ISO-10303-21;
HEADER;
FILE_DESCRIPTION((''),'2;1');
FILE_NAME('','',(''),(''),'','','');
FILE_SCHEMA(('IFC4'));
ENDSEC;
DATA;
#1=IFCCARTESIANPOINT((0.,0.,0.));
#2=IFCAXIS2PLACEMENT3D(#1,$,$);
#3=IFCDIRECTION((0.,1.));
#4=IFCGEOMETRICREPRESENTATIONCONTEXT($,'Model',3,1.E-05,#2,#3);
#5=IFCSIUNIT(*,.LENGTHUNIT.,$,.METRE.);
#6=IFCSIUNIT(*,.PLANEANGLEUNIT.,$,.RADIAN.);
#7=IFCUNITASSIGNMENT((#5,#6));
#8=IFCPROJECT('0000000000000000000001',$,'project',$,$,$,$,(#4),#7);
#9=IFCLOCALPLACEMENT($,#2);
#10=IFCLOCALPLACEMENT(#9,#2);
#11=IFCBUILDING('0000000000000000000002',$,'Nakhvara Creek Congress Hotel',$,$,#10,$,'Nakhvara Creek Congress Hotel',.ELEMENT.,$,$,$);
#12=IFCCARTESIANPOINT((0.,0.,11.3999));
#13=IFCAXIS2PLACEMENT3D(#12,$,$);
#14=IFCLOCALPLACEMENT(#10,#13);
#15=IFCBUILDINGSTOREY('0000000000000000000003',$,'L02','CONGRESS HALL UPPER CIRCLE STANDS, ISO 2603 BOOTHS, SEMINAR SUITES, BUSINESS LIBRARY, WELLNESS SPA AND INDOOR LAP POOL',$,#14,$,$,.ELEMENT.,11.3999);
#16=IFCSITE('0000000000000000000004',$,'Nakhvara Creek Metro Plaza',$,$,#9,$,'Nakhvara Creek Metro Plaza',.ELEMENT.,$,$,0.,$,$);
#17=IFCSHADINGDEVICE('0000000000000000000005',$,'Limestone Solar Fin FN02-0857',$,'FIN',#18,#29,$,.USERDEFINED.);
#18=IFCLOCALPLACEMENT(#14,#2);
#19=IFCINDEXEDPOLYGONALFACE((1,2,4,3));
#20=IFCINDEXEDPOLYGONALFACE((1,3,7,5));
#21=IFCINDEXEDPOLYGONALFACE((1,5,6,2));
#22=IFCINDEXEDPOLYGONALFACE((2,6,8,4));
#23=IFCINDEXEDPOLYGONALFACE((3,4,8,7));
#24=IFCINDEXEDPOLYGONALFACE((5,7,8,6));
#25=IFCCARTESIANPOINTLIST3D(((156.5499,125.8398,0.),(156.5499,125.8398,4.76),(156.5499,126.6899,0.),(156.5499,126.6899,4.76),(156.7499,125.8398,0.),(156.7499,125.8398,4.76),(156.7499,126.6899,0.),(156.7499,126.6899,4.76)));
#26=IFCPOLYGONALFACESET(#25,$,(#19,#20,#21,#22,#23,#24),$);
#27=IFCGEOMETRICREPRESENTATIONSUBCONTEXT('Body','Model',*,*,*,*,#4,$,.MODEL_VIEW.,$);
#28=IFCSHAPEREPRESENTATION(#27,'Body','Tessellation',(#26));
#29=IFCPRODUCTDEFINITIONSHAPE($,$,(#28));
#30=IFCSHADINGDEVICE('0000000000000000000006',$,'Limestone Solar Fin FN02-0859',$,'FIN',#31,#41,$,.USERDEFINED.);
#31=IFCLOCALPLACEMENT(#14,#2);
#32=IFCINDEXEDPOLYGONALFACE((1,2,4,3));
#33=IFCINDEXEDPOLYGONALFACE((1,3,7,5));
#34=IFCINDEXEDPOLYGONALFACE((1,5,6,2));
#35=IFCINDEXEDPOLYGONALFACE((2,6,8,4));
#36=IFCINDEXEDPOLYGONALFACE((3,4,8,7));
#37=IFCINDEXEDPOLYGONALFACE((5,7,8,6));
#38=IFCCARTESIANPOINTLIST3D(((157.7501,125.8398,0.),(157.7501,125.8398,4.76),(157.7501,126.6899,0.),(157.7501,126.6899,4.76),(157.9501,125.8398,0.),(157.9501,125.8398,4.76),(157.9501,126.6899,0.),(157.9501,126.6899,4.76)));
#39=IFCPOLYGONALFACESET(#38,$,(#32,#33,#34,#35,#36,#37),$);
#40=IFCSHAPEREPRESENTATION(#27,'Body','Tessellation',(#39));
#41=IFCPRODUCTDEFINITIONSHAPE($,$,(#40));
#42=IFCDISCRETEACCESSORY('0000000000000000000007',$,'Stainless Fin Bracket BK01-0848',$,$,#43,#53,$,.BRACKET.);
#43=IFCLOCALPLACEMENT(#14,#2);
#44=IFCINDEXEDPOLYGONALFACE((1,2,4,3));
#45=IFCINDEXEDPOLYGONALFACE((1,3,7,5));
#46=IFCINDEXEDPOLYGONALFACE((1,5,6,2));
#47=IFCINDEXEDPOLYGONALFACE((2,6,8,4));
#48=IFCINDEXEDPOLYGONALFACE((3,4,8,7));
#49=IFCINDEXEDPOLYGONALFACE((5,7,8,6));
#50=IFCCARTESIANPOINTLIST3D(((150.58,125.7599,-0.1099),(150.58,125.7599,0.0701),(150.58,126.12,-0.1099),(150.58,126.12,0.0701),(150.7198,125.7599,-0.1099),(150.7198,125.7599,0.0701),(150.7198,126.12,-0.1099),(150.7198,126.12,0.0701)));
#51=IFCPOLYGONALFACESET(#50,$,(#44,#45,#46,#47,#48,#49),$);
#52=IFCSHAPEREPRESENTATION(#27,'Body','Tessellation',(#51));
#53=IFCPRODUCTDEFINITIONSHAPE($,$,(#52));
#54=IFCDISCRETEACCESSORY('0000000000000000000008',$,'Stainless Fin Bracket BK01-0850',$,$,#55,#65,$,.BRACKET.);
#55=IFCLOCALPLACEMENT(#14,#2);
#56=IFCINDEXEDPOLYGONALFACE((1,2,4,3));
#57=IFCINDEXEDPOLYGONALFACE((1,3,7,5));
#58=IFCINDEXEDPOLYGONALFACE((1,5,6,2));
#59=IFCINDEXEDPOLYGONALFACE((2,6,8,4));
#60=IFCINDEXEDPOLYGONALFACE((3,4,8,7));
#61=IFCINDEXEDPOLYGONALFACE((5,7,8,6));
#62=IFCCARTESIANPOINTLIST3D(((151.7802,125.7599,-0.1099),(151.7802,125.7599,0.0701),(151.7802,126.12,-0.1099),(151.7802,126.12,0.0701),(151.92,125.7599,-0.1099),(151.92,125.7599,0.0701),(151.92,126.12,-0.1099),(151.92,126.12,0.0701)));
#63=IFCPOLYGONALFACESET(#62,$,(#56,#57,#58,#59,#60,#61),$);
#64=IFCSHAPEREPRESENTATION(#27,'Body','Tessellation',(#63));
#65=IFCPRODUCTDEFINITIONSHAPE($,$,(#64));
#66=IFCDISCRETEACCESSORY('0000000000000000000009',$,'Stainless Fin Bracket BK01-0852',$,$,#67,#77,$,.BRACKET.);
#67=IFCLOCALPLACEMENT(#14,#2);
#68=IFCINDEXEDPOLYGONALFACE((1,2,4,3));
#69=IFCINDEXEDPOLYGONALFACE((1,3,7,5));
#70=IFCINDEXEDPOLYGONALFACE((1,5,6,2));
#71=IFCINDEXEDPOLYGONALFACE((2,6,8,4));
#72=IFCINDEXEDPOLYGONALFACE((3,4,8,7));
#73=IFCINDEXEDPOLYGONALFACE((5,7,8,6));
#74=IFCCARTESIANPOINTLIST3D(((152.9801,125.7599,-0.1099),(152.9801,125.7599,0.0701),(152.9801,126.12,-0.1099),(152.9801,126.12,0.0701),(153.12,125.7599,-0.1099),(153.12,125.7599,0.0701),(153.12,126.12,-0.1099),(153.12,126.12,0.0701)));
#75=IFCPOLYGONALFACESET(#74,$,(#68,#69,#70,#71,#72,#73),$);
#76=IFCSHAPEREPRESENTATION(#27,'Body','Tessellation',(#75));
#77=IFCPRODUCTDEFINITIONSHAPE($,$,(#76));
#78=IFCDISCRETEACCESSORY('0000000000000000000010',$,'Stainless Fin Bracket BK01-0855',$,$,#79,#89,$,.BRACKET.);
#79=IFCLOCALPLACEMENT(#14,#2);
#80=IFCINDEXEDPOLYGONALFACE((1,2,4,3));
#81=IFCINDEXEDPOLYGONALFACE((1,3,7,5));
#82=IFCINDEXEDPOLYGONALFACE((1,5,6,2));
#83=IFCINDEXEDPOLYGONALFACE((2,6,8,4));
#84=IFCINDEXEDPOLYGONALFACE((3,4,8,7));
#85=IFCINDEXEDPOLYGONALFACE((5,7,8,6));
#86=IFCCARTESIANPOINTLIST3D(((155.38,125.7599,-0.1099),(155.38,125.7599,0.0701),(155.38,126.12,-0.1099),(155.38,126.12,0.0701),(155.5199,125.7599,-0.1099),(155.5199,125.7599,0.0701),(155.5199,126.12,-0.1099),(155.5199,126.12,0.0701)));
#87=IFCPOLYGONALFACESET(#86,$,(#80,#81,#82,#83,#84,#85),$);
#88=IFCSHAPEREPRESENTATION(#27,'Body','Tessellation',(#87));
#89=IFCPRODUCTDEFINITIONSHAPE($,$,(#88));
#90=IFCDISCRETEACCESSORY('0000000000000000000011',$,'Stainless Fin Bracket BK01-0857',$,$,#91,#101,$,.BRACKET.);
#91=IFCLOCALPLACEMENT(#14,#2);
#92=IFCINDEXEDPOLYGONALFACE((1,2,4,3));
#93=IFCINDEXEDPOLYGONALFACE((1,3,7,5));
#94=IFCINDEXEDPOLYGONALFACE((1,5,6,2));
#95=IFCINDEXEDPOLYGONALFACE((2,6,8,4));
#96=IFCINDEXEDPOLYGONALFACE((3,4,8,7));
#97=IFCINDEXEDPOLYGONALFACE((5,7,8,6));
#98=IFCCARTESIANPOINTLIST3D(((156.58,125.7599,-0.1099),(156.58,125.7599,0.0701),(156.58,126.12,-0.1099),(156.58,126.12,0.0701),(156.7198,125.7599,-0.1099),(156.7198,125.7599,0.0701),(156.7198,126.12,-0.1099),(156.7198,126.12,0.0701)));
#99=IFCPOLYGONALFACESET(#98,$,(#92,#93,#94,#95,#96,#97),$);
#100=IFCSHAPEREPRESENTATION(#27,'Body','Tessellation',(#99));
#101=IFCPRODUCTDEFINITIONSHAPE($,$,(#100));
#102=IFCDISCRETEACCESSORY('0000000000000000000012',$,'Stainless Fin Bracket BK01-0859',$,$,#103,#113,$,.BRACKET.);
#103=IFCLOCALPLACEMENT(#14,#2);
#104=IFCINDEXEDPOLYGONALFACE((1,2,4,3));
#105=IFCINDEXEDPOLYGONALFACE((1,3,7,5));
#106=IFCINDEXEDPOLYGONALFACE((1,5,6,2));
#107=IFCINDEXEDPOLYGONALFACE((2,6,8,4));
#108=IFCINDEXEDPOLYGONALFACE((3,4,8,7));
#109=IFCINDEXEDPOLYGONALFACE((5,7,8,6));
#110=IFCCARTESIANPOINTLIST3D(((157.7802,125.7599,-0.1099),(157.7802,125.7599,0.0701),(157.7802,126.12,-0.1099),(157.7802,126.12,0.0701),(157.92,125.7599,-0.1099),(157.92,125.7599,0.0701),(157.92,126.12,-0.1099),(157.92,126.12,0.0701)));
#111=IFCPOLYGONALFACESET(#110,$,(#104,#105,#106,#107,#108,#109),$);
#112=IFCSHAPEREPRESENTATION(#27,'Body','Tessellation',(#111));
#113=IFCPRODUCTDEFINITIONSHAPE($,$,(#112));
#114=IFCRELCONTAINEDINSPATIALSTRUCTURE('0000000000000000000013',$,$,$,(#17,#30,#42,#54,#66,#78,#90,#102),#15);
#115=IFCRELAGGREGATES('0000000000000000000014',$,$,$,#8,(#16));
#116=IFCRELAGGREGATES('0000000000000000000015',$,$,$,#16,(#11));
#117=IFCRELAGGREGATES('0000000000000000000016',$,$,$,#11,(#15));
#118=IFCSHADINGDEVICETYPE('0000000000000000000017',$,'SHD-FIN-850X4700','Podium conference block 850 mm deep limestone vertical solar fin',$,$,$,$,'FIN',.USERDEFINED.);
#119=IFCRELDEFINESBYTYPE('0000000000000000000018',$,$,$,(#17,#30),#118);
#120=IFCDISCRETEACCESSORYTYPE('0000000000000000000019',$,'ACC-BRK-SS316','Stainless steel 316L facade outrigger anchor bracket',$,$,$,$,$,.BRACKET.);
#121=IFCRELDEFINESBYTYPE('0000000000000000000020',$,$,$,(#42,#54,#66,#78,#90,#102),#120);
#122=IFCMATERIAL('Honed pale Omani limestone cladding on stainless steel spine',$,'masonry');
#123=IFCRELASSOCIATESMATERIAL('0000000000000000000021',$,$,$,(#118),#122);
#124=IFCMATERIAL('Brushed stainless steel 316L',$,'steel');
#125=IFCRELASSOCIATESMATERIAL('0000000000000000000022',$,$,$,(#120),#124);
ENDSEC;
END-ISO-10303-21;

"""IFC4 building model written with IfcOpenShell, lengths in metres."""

from ifc_helpers import new_model, si_unit, direction, frame, origin, origin_2d, place, context, subcontext, project, spatial, rectangle, extrude, material, type_object, element, save


model = new_model("IFC4")

# Units and contexts
model_context = context("Model", 3, precision=1e-05, world=origin(), true_north=direction((0.0, 1.0)))
body_context = subcontext(model_context, "Body", "Model", "MODEL_VIEW")
ifc_project = project(units=[si_unit("LENGTHUNIT", "METRE"), si_unit("PLANEANGLEUNIT", "RADIAN")], contexts=[model_context])

# Site, building, storey
site_placement = place(None, origin())
site = spatial("IfcSite", under=ifc_project, at=site_placement, Name="Nakhvara Creek Metro Plaza", LongName="Nakhvara Creek Metro Plaza", CompositionType="ELEMENT", RefElevation=0.0)
building_placement = place(site_placement, origin())
building = spatial("IfcBuilding", under=site, at=building_placement, Name="Nakhvara Creek Congress Hotel", LongName="Nakhvara Creek Congress Hotel", CompositionType="ELEMENT")
storey_placement = place(building_placement, frame((0.0, 0.0, 11.3999)))
storey = spatial("IfcBuildingStorey", under=building, at=storey_placement, Name="L02", Description="CONGRESS HALL UPPER CIRCLE STANDS, ISO 2603 BOOTHS, SEMINAR SUITES, BUSINESS LIBRARY, WELLNESS SPA AND INDOOR LAP POOL", CompositionType="ELEMENT", Elevation=11.3999)

# Shading devices
ifc_material_1 = material(Name="Honed pale Omani limestone cladding on stainless steel spine", Category="masonry")
shading_device_type = type_object("IfcShadingDeviceType", Name="SHD-FIN-850X4700", Description="Podium conference block 850 mm deep limestone vertical solar fin", ElementType="FIN", PredefinedType="USERDEFINED", material=ifc_material_1)
for number, where, z_axis, x_axis, name in (
    (1, (156.6499, 126.2649, 0.0), (0.0, 0.0, 1.0), (1.0, 0.0, 0.0), "Limestone Solar Fin FN02-0857"),
    (2, (157.8501, 126.2649, 0.0), (0.0, 0.0, 1.0), (1.0, 0.0, 0.0), "Limestone Solar Fin FN02-0859"),
):
    element("IfcShadingDevice", number, at=place(storey_placement, frame(where, z_axis=z_axis, x_axis=x_axis)), inside=storey, type_object=shading_device_type, Name=name, ObjectType="FIN", PredefinedType="USERDEFINED", context=body_context, shape_type="SweptSolid", body=[
        extrude(rectangle(XDim=0.2, YDim=0.8501, at=origin_2d()), origin(), (0.0, 0.0, 1.0), 4.76),
    ])

# Discrete accessories
ifc_material_2 = material(Name="Brushed stainless steel 316L", Category="steel")
discrete_accessory_type = type_object("IfcDiscreteAccessoryType", Name="ACC-BRK-SS316", Description="Stainless steel 316L facade outrigger anchor bracket", PredefinedType="BRACKET", material=ifc_material_2)
for number, where, z_axis, x_axis, name in (
    (3, (150.6499, 125.9399, -0.1099), (0.0, 0.0, 1.0), (1.0, 0.0, 0.0), "Stainless Fin Bracket BK01-0848"),
    (4, (151.8501, 125.9399, -0.1099), (0.0, 0.0, 1.0), (1.0, 0.0, 0.0), "Stainless Fin Bracket BK01-0850"),
    (5, (153.05, 125.9399, -0.1099), (0.0, 0.0, 1.0), (1.0, 0.0, 0.0), "Stainless Fin Bracket BK01-0852"),
    (6, (155.45, 125.9399, -0.1099), (0.0, 0.0, 1.0), (1.0, 0.0, 0.0), "Stainless Fin Bracket BK01-0855"),
    (7, (156.6499, 125.9399, -0.1099), (0.0, 0.0, 1.0), (1.0, 0.0, 0.0), "Stainless Fin Bracket BK01-0857"),
    (8, (157.8501, 125.9399, -0.1099), (0.0, 0.0, 1.0), (1.0, 0.0, 0.0), "Stainless Fin Bracket BK01-0859"),
):
    element("IfcDiscreteAccessory", number, at=place(storey_placement, frame(where, z_axis=z_axis, x_axis=x_axis)), inside=storey, type_object=discrete_accessory_type, Name=name, PredefinedType="BRACKET", context=body_context, shape_type="SweptSolid", body=[
        extrude(rectangle(XDim=0.1399, YDim=0.3601, at=origin_2d()), origin(), (0.0, 0.0, 1.0), 0.1799),
    ])

save(model, "model.ifc")
